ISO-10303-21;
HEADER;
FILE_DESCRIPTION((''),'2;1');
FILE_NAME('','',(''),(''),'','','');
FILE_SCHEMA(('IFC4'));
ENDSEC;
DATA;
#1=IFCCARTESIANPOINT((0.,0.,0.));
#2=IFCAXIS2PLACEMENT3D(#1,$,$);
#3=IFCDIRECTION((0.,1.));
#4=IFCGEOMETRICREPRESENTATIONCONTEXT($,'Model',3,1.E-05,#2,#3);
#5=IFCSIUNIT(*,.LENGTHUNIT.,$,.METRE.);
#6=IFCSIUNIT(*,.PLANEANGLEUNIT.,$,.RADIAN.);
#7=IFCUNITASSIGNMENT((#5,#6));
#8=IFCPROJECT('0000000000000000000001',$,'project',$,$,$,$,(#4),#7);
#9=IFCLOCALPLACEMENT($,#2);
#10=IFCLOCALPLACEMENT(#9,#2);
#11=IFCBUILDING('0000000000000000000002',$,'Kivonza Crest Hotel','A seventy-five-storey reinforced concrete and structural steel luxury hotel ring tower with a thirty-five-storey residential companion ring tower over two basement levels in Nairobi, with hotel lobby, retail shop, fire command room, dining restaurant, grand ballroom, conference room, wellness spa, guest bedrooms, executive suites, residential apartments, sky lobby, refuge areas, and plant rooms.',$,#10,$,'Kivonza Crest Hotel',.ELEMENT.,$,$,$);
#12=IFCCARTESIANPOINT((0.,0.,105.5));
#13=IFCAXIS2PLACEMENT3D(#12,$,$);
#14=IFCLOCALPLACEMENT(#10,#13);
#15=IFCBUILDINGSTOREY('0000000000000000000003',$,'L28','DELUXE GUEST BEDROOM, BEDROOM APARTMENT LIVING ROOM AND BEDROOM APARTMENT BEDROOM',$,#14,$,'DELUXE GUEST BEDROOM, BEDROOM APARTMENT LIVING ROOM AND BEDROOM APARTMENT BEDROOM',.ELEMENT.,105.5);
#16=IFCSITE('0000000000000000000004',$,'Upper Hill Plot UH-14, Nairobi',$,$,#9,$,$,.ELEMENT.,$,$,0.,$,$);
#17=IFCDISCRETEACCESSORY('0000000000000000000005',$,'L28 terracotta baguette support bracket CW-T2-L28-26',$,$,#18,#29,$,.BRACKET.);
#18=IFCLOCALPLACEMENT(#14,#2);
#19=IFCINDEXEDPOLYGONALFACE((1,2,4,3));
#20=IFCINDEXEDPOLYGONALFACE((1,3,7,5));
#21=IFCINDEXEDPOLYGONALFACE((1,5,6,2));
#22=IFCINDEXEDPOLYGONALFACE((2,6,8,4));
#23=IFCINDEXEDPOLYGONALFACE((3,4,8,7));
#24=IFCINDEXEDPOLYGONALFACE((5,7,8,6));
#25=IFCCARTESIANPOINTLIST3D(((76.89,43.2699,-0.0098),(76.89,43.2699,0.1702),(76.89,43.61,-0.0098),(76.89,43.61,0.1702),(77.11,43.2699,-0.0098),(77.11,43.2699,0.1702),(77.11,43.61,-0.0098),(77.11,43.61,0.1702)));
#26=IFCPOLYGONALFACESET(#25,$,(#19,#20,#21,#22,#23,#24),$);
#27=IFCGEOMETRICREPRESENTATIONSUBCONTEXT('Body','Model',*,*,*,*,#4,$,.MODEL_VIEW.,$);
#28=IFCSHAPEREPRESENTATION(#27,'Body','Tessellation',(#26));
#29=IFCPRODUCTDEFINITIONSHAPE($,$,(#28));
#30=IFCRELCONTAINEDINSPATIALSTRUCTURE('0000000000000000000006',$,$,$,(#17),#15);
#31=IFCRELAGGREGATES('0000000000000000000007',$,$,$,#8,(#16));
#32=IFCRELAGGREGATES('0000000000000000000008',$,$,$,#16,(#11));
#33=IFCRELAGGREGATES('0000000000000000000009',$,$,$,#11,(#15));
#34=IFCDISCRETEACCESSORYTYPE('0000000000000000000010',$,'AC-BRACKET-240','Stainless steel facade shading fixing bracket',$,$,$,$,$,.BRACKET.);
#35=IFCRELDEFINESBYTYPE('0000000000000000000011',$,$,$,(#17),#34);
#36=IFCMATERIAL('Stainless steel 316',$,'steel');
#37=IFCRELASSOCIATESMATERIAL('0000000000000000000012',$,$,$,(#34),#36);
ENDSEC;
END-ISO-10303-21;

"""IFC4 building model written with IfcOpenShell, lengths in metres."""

from ifc_helpers import new_model, si_unit, direction, frame, origin, origin_2d, place, context, subcontext, project, spatial, rectangle, extrude, material, type_object, element, save


model = new_model("IFC4")

# Units and contexts
model_context = context("Model", 3, precision=1e-05, world=origin(), true_north=direction((0.0, 1.0)))
body_context = subcontext(model_context, "Body", "Model", "MODEL_VIEW")
ifc_project = project(units=[si_unit("LENGTHUNIT", "METRE"), si_unit("PLANEANGLEUNIT", "RADIAN")], contexts=[model_context])

# Site, building, storey
site_placement = place(None, origin())
site = spatial("IfcSite", under=ifc_project, at=site_placement, Name="Upper Hill Plot UH-14, Nairobi", CompositionType="ELEMENT", RefElevation=0.0)
building_placement = place(site_placement, origin())
building = spatial("IfcBuilding", under=site, at=building_placement, Name="Kivonza Crest Hotel", Description="A seventy-five-storey reinforced concrete and structural steel luxury hotel ring tower with a thirty-five-storey residential companion ring tower over two basement levels in Nairobi, with hotel lobby, retail shop, fire command room, dining restaurant, grand ballroom, conference room, wellness spa, guest bedrooms, executive suites, residential apartments, sky lobby, refuge areas, and plant rooms.", LongName="Kivonza Crest Hotel", CompositionType="ELEMENT")
storey_placement = place(building_placement, frame((0.0, 0.0, 105.5)))
storey = spatial("IfcBuildingStorey", under=building, at=storey_placement, Name="L28", Description="DELUXE GUEST BEDROOM, BEDROOM APARTMENT LIVING ROOM AND BEDROOM APARTMENT BEDROOM", LongName="DELUXE GUEST BEDROOM, BEDROOM APARTMENT LIVING ROOM AND BEDROOM APARTMENT BEDROOM", CompositionType="ELEMENT", Elevation=105.5)

# Discrete accessory
ifc_material_1 = material(Name="Stainless steel 316", Category="steel")
discrete_accessory_type = type_object("IfcDiscreteAccessoryType", Name="AC-BRACKET-240", Description="Stainless steel facade shading fixing bracket", PredefinedType="BRACKET", material=ifc_material_1)
discrete_accessory_placement = place(storey_placement, frame((77.0, 43.4399, -0.0098), z_axis=(0.0, 0.0, 1.0), x_axis=(-1.0, 0.0, 0.0)))
element("IfcDiscreteAccessory", 1, at=discrete_accessory_placement, inside=storey, type_object=discrete_accessory_type, Name="L28 terracotta baguette support bracket CW-T2-L28-26", PredefinedType="BRACKET", context=body_context, shape_type="SweptSolid", body=[
    extrude(rectangle(XDim=0.22, YDim=0.3401, at=origin_2d()), origin(), (0.0, 0.0, 1.0), 0.1799),
])

save(model, "model.ifc")
